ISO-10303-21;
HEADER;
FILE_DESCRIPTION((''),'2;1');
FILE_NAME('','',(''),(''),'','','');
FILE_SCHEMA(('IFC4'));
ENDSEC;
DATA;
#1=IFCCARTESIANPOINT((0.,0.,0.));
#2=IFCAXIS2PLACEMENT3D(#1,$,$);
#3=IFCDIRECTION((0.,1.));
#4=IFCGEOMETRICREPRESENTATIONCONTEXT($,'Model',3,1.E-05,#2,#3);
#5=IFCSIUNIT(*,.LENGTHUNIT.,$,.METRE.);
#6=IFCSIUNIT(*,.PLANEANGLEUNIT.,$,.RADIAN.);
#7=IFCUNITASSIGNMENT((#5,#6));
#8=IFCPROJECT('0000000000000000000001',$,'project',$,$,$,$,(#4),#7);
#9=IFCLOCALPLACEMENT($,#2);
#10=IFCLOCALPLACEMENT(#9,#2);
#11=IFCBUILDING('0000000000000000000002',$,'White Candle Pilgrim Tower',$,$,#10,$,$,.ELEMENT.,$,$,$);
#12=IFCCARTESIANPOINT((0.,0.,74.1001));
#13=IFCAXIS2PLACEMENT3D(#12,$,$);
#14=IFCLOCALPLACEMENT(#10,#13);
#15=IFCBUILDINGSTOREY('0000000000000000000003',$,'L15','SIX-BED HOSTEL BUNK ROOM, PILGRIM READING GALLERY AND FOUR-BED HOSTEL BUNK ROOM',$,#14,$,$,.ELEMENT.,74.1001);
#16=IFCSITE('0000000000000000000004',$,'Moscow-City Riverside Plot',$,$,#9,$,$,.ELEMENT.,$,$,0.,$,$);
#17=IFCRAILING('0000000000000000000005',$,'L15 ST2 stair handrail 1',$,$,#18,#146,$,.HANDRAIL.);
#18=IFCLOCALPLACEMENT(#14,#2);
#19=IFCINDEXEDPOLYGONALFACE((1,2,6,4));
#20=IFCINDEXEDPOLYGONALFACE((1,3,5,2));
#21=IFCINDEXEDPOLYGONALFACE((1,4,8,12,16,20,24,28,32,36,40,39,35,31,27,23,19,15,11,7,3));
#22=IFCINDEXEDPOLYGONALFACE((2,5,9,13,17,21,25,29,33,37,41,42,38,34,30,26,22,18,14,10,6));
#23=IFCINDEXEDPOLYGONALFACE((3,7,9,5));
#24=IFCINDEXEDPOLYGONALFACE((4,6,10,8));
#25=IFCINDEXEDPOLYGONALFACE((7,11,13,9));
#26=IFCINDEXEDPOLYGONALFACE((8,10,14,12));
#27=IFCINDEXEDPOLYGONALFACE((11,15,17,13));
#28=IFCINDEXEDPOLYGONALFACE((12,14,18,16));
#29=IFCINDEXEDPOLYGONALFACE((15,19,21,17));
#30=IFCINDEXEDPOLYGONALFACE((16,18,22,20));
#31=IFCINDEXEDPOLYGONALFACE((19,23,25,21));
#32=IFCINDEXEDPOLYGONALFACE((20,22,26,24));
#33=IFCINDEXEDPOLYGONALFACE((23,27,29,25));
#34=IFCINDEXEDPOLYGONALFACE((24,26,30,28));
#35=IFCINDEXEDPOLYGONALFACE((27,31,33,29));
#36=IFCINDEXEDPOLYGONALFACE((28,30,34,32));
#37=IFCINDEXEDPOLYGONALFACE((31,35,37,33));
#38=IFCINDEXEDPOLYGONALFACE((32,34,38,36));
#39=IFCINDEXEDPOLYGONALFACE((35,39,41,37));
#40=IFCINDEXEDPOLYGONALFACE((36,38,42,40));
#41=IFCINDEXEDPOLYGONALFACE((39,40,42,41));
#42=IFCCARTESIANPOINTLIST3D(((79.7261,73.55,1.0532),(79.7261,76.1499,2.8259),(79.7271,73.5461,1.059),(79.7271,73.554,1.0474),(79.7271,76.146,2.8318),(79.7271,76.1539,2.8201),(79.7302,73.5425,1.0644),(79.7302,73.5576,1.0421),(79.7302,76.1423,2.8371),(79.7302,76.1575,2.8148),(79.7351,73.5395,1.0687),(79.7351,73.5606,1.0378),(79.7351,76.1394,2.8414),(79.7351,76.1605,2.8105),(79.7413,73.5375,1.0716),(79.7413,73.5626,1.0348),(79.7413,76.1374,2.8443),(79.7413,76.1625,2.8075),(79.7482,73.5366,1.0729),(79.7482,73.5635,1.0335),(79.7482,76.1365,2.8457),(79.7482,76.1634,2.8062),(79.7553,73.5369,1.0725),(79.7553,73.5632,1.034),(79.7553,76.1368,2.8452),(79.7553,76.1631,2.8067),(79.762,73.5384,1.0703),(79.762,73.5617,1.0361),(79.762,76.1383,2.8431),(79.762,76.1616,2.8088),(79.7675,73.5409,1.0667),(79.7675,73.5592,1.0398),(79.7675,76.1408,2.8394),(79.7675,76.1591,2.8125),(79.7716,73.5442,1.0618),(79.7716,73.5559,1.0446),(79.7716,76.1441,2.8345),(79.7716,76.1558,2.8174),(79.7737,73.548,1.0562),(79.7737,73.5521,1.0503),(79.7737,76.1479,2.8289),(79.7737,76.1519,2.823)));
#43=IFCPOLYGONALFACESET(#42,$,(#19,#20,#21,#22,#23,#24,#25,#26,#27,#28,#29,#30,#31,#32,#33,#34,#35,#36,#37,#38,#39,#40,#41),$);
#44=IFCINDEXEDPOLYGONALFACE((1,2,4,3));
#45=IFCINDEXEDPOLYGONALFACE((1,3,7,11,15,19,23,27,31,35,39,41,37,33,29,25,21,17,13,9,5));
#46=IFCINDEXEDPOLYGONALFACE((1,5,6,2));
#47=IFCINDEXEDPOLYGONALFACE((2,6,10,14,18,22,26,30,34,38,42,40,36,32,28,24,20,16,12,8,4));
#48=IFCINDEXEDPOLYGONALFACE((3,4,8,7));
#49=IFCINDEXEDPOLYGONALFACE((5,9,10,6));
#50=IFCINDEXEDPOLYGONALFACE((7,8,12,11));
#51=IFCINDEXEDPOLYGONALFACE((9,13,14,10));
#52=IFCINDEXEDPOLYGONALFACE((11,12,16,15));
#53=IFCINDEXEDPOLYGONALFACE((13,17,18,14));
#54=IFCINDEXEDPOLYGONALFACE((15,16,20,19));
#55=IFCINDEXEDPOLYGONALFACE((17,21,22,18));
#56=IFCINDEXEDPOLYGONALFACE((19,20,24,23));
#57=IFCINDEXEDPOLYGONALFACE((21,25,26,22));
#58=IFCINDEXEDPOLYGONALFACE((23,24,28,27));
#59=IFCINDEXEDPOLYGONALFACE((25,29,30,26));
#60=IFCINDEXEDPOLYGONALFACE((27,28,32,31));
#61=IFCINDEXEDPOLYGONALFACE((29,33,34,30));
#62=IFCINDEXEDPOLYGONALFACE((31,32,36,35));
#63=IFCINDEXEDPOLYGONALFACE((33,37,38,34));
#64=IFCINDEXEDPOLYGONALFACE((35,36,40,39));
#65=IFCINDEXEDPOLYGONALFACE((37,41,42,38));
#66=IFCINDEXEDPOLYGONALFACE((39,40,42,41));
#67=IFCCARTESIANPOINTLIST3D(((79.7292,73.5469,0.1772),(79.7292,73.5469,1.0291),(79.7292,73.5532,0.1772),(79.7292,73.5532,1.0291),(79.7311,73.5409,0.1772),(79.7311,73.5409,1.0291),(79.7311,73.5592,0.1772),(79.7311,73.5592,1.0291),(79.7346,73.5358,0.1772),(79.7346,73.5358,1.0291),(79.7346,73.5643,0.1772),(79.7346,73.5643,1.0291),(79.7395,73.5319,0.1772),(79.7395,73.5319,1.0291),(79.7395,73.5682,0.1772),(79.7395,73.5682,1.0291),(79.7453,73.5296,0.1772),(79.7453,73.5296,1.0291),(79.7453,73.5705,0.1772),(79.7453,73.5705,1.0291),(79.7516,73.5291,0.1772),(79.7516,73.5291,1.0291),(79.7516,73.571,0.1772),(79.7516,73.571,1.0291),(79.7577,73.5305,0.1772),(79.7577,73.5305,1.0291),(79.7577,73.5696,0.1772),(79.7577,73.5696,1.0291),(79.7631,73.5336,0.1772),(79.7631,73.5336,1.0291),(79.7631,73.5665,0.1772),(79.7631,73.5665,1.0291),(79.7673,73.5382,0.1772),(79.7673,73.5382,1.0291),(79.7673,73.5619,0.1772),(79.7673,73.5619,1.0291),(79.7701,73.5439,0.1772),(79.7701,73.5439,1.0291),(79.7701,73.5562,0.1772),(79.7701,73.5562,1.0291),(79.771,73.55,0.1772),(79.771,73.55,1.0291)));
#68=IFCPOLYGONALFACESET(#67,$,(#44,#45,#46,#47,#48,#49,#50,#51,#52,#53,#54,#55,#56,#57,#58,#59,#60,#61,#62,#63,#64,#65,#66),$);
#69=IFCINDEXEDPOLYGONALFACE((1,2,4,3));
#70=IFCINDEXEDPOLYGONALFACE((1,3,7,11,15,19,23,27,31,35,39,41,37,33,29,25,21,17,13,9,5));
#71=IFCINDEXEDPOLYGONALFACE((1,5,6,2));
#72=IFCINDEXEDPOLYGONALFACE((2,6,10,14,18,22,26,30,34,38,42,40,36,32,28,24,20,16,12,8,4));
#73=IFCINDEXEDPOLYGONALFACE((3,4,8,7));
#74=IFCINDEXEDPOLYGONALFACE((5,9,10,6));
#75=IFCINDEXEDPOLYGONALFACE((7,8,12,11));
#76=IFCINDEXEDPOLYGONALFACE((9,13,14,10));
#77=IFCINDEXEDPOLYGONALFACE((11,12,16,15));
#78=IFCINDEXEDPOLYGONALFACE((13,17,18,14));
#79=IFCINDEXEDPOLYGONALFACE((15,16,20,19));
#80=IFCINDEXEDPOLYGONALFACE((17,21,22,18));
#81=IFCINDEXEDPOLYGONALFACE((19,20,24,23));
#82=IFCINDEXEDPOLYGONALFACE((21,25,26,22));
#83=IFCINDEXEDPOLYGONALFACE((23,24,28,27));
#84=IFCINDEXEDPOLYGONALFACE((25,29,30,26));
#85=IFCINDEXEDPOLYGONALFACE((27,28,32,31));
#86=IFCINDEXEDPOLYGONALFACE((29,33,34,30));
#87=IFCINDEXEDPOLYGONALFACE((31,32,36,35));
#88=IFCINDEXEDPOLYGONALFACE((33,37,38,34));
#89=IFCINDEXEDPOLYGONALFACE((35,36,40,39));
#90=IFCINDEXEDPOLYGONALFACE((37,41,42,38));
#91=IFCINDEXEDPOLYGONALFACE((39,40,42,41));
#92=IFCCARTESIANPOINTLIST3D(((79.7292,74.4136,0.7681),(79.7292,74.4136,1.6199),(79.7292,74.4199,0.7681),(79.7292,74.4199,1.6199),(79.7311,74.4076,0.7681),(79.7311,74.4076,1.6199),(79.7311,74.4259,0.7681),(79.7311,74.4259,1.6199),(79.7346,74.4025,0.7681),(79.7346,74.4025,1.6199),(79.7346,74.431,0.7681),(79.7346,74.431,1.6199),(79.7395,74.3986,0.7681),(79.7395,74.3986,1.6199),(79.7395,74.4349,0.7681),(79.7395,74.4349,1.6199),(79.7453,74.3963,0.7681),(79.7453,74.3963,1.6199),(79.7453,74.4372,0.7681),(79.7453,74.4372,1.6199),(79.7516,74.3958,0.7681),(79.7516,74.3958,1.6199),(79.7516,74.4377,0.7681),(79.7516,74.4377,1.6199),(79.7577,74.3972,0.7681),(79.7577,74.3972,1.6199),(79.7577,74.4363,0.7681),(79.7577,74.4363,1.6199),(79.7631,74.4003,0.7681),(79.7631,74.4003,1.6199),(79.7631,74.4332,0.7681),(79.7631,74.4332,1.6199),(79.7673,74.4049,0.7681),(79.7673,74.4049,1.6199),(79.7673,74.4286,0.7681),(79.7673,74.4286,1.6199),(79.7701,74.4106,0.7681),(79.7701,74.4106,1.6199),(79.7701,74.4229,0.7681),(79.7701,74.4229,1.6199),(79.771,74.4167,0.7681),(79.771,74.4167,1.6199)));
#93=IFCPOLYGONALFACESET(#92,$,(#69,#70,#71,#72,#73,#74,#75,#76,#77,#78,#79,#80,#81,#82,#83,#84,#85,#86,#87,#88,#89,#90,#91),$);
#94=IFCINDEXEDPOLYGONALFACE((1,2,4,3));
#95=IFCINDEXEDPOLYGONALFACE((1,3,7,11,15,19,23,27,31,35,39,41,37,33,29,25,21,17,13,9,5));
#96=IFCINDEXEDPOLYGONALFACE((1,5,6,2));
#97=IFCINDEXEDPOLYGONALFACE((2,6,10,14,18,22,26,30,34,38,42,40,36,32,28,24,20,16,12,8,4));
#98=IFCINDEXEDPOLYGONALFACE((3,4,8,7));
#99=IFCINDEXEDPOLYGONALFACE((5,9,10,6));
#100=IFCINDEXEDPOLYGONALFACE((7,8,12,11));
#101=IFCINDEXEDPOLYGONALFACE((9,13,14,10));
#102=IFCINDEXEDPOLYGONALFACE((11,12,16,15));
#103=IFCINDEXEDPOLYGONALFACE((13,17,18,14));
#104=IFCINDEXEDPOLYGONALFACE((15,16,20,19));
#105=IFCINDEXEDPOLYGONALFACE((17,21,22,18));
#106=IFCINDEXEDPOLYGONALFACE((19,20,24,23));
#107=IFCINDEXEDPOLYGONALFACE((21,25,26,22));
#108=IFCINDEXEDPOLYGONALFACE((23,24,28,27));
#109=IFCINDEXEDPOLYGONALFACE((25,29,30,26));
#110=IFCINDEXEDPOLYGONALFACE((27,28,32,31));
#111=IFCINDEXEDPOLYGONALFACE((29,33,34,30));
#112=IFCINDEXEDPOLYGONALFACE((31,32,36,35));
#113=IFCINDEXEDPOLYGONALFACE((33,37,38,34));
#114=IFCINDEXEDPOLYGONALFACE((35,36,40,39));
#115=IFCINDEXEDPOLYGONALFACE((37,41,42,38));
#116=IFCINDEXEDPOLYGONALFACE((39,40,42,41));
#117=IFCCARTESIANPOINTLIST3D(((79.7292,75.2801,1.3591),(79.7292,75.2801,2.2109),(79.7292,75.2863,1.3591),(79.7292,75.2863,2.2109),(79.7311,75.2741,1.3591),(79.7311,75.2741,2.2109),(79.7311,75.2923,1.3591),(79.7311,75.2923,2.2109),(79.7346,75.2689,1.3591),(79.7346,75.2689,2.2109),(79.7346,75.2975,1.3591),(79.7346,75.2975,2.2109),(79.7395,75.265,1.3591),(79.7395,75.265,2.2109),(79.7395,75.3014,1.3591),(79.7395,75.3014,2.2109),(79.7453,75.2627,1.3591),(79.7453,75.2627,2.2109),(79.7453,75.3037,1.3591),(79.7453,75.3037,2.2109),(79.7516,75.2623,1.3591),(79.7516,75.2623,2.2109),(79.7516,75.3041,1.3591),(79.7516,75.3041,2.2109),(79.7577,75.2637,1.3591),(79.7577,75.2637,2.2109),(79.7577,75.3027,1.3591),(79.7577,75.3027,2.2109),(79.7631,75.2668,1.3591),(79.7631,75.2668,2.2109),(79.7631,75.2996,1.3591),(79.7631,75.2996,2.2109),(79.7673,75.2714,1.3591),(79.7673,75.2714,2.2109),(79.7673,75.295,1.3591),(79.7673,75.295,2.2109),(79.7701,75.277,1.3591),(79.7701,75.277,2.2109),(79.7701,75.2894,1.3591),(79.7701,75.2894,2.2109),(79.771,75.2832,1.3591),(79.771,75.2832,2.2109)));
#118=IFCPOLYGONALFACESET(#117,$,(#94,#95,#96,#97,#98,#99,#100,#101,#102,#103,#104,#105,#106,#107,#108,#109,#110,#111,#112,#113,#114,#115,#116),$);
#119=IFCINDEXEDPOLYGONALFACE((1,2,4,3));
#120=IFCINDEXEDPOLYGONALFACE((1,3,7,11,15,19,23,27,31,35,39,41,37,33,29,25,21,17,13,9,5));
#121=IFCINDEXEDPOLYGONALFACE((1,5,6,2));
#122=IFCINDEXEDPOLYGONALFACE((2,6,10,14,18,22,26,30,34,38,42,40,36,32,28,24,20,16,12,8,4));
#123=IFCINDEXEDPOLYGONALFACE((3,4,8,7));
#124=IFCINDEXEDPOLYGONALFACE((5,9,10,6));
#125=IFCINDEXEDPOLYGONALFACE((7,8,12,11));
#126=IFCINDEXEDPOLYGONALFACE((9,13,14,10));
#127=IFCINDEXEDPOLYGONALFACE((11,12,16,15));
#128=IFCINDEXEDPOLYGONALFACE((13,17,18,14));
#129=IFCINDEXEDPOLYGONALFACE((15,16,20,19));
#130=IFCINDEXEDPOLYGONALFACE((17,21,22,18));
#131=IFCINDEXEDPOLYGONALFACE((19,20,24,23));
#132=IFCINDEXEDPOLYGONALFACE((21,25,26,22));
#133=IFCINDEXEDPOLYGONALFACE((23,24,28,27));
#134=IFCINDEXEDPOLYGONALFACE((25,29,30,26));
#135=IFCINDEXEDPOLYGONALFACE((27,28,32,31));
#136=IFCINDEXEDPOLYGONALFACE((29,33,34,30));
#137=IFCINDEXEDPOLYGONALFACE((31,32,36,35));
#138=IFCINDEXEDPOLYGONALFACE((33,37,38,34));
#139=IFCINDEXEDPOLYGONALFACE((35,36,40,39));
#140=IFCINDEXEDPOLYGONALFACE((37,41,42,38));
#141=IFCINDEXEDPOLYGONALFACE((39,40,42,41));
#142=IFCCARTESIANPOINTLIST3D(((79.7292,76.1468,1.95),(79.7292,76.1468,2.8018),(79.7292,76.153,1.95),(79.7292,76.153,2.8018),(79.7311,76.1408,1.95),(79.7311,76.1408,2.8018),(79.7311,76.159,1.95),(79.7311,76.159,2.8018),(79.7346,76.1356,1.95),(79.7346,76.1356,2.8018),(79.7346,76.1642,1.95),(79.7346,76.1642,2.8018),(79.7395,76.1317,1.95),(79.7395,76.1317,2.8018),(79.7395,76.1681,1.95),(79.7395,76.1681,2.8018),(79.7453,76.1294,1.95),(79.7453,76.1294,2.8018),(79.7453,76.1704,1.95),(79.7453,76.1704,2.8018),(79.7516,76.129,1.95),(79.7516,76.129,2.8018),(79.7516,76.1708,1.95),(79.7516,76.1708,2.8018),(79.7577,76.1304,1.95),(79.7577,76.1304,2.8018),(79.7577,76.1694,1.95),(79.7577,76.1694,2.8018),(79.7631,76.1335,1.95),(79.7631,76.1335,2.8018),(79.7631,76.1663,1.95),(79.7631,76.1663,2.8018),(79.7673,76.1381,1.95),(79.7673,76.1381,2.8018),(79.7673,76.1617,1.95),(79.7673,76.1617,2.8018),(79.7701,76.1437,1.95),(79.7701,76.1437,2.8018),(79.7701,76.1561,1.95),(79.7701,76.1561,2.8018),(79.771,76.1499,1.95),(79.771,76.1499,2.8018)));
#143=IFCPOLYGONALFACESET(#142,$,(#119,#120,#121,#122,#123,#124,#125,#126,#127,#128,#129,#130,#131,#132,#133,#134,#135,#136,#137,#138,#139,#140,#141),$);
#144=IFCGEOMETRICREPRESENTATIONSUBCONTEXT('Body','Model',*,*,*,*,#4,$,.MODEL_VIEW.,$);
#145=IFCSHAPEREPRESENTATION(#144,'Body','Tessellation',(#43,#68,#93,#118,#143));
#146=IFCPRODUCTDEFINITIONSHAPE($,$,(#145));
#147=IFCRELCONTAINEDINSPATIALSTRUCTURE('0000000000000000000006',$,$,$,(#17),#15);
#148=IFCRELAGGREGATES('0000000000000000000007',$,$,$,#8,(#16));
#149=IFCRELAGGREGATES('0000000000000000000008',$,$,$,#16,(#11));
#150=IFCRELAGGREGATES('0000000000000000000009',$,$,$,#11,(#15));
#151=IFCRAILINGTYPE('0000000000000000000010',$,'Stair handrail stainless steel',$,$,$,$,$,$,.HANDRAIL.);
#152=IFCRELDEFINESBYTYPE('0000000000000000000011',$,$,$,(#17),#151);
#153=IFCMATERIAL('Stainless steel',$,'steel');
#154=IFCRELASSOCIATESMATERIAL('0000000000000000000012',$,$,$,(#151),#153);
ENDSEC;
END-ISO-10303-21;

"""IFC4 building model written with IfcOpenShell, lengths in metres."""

from ifc_helpers import new_model, si_unit, direction, frame, origin, origin_2d, place, context, subcontext, project, spatial, circle, extrude, material, type_object, element, save


model = new_model("IFC4")

# Units and contexts
model_context = context("Model", 3, precision=1e-05, world=origin(), true_north=direction((0.0, 1.0)))
body_context = subcontext(model_context, "Body", "Model", "MODEL_VIEW")
ifc_project = project(units=[si_unit("LENGTHUNIT", "METRE"), si_unit("PLANEANGLEUNIT", "RADIAN")], contexts=[model_context])

# Site, building, storey
site_placement = place(None, origin())
site = spatial("IfcSite", under=ifc_project, at=site_placement, Name="Moscow-City Riverside Plot", CompositionType="ELEMENT", RefElevation=0.0)
building_placement = place(site_placement, origin())
building = spatial("IfcBuilding", under=site, at=building_placement, Name="White Candle Pilgrim Tower", CompositionType="ELEMENT")
storey_placement = place(building_placement, frame((0.0, 0.0, 74.1001)))
storey = spatial("IfcBuildingStorey", under=building, at=storey_placement, Name="L15", Description="SIX-BED HOSTEL BUNK ROOM, PILGRIM READING GALLERY AND FOUR-BED HOSTEL BUNK ROOM", CompositionType="ELEMENT", Elevation=74.1001)

# Railing
ifc_material_1 = material(Name="Stainless steel", Category="steel")
railing_type_1 = type_object("IfcRailingType", Name="Stair handrail stainless steel", PredefinedType="HANDRAIL", material=ifc_material_1)
railing_1_placement = place(storey_placement, frame((79.75, 73.55, 0.1772)))
element("IfcRailing", 1, at=railing_1_placement, inside=storey, type_object=railing_type_1, Name="L15 ST2 stair handrail 1", PredefinedType="HANDRAIL", context=body_context, shape_type="SweptSolid", body=[
    extrude(circle(Radius=0.0239, at=origin_2d()), frame((0.0, 0.0, 0.876), z_axis=(0.0, 0.826216, 0.563354), x_axis=(-1.0, 0.0, 0.0)), (0.0, 0.0, 1.0), 3.1467),
    extrude(circle(Radius=0.021, at=origin_2d()), origin(), (0.0, 0.0, 1.0), 0.8518),
    extrude(circle(Radius=0.021, at=origin_2d()), frame((0.0, 0.8667, 0.5908)), (0.0, 0.0, 1.0), 0.8518),
    extrude(circle(Radius=0.021, at=origin_2d()), frame((0.0, 1.7332, 1.1819)), (0.0, 0.0, 1.0), 0.8518),
    extrude(circle(Radius=0.021, at=origin_2d()), frame((0.0, 2.5999, 1.7727)), (0.0, 0.0, 1.0), 0.8518),
])

save(model, "model.ifc")
